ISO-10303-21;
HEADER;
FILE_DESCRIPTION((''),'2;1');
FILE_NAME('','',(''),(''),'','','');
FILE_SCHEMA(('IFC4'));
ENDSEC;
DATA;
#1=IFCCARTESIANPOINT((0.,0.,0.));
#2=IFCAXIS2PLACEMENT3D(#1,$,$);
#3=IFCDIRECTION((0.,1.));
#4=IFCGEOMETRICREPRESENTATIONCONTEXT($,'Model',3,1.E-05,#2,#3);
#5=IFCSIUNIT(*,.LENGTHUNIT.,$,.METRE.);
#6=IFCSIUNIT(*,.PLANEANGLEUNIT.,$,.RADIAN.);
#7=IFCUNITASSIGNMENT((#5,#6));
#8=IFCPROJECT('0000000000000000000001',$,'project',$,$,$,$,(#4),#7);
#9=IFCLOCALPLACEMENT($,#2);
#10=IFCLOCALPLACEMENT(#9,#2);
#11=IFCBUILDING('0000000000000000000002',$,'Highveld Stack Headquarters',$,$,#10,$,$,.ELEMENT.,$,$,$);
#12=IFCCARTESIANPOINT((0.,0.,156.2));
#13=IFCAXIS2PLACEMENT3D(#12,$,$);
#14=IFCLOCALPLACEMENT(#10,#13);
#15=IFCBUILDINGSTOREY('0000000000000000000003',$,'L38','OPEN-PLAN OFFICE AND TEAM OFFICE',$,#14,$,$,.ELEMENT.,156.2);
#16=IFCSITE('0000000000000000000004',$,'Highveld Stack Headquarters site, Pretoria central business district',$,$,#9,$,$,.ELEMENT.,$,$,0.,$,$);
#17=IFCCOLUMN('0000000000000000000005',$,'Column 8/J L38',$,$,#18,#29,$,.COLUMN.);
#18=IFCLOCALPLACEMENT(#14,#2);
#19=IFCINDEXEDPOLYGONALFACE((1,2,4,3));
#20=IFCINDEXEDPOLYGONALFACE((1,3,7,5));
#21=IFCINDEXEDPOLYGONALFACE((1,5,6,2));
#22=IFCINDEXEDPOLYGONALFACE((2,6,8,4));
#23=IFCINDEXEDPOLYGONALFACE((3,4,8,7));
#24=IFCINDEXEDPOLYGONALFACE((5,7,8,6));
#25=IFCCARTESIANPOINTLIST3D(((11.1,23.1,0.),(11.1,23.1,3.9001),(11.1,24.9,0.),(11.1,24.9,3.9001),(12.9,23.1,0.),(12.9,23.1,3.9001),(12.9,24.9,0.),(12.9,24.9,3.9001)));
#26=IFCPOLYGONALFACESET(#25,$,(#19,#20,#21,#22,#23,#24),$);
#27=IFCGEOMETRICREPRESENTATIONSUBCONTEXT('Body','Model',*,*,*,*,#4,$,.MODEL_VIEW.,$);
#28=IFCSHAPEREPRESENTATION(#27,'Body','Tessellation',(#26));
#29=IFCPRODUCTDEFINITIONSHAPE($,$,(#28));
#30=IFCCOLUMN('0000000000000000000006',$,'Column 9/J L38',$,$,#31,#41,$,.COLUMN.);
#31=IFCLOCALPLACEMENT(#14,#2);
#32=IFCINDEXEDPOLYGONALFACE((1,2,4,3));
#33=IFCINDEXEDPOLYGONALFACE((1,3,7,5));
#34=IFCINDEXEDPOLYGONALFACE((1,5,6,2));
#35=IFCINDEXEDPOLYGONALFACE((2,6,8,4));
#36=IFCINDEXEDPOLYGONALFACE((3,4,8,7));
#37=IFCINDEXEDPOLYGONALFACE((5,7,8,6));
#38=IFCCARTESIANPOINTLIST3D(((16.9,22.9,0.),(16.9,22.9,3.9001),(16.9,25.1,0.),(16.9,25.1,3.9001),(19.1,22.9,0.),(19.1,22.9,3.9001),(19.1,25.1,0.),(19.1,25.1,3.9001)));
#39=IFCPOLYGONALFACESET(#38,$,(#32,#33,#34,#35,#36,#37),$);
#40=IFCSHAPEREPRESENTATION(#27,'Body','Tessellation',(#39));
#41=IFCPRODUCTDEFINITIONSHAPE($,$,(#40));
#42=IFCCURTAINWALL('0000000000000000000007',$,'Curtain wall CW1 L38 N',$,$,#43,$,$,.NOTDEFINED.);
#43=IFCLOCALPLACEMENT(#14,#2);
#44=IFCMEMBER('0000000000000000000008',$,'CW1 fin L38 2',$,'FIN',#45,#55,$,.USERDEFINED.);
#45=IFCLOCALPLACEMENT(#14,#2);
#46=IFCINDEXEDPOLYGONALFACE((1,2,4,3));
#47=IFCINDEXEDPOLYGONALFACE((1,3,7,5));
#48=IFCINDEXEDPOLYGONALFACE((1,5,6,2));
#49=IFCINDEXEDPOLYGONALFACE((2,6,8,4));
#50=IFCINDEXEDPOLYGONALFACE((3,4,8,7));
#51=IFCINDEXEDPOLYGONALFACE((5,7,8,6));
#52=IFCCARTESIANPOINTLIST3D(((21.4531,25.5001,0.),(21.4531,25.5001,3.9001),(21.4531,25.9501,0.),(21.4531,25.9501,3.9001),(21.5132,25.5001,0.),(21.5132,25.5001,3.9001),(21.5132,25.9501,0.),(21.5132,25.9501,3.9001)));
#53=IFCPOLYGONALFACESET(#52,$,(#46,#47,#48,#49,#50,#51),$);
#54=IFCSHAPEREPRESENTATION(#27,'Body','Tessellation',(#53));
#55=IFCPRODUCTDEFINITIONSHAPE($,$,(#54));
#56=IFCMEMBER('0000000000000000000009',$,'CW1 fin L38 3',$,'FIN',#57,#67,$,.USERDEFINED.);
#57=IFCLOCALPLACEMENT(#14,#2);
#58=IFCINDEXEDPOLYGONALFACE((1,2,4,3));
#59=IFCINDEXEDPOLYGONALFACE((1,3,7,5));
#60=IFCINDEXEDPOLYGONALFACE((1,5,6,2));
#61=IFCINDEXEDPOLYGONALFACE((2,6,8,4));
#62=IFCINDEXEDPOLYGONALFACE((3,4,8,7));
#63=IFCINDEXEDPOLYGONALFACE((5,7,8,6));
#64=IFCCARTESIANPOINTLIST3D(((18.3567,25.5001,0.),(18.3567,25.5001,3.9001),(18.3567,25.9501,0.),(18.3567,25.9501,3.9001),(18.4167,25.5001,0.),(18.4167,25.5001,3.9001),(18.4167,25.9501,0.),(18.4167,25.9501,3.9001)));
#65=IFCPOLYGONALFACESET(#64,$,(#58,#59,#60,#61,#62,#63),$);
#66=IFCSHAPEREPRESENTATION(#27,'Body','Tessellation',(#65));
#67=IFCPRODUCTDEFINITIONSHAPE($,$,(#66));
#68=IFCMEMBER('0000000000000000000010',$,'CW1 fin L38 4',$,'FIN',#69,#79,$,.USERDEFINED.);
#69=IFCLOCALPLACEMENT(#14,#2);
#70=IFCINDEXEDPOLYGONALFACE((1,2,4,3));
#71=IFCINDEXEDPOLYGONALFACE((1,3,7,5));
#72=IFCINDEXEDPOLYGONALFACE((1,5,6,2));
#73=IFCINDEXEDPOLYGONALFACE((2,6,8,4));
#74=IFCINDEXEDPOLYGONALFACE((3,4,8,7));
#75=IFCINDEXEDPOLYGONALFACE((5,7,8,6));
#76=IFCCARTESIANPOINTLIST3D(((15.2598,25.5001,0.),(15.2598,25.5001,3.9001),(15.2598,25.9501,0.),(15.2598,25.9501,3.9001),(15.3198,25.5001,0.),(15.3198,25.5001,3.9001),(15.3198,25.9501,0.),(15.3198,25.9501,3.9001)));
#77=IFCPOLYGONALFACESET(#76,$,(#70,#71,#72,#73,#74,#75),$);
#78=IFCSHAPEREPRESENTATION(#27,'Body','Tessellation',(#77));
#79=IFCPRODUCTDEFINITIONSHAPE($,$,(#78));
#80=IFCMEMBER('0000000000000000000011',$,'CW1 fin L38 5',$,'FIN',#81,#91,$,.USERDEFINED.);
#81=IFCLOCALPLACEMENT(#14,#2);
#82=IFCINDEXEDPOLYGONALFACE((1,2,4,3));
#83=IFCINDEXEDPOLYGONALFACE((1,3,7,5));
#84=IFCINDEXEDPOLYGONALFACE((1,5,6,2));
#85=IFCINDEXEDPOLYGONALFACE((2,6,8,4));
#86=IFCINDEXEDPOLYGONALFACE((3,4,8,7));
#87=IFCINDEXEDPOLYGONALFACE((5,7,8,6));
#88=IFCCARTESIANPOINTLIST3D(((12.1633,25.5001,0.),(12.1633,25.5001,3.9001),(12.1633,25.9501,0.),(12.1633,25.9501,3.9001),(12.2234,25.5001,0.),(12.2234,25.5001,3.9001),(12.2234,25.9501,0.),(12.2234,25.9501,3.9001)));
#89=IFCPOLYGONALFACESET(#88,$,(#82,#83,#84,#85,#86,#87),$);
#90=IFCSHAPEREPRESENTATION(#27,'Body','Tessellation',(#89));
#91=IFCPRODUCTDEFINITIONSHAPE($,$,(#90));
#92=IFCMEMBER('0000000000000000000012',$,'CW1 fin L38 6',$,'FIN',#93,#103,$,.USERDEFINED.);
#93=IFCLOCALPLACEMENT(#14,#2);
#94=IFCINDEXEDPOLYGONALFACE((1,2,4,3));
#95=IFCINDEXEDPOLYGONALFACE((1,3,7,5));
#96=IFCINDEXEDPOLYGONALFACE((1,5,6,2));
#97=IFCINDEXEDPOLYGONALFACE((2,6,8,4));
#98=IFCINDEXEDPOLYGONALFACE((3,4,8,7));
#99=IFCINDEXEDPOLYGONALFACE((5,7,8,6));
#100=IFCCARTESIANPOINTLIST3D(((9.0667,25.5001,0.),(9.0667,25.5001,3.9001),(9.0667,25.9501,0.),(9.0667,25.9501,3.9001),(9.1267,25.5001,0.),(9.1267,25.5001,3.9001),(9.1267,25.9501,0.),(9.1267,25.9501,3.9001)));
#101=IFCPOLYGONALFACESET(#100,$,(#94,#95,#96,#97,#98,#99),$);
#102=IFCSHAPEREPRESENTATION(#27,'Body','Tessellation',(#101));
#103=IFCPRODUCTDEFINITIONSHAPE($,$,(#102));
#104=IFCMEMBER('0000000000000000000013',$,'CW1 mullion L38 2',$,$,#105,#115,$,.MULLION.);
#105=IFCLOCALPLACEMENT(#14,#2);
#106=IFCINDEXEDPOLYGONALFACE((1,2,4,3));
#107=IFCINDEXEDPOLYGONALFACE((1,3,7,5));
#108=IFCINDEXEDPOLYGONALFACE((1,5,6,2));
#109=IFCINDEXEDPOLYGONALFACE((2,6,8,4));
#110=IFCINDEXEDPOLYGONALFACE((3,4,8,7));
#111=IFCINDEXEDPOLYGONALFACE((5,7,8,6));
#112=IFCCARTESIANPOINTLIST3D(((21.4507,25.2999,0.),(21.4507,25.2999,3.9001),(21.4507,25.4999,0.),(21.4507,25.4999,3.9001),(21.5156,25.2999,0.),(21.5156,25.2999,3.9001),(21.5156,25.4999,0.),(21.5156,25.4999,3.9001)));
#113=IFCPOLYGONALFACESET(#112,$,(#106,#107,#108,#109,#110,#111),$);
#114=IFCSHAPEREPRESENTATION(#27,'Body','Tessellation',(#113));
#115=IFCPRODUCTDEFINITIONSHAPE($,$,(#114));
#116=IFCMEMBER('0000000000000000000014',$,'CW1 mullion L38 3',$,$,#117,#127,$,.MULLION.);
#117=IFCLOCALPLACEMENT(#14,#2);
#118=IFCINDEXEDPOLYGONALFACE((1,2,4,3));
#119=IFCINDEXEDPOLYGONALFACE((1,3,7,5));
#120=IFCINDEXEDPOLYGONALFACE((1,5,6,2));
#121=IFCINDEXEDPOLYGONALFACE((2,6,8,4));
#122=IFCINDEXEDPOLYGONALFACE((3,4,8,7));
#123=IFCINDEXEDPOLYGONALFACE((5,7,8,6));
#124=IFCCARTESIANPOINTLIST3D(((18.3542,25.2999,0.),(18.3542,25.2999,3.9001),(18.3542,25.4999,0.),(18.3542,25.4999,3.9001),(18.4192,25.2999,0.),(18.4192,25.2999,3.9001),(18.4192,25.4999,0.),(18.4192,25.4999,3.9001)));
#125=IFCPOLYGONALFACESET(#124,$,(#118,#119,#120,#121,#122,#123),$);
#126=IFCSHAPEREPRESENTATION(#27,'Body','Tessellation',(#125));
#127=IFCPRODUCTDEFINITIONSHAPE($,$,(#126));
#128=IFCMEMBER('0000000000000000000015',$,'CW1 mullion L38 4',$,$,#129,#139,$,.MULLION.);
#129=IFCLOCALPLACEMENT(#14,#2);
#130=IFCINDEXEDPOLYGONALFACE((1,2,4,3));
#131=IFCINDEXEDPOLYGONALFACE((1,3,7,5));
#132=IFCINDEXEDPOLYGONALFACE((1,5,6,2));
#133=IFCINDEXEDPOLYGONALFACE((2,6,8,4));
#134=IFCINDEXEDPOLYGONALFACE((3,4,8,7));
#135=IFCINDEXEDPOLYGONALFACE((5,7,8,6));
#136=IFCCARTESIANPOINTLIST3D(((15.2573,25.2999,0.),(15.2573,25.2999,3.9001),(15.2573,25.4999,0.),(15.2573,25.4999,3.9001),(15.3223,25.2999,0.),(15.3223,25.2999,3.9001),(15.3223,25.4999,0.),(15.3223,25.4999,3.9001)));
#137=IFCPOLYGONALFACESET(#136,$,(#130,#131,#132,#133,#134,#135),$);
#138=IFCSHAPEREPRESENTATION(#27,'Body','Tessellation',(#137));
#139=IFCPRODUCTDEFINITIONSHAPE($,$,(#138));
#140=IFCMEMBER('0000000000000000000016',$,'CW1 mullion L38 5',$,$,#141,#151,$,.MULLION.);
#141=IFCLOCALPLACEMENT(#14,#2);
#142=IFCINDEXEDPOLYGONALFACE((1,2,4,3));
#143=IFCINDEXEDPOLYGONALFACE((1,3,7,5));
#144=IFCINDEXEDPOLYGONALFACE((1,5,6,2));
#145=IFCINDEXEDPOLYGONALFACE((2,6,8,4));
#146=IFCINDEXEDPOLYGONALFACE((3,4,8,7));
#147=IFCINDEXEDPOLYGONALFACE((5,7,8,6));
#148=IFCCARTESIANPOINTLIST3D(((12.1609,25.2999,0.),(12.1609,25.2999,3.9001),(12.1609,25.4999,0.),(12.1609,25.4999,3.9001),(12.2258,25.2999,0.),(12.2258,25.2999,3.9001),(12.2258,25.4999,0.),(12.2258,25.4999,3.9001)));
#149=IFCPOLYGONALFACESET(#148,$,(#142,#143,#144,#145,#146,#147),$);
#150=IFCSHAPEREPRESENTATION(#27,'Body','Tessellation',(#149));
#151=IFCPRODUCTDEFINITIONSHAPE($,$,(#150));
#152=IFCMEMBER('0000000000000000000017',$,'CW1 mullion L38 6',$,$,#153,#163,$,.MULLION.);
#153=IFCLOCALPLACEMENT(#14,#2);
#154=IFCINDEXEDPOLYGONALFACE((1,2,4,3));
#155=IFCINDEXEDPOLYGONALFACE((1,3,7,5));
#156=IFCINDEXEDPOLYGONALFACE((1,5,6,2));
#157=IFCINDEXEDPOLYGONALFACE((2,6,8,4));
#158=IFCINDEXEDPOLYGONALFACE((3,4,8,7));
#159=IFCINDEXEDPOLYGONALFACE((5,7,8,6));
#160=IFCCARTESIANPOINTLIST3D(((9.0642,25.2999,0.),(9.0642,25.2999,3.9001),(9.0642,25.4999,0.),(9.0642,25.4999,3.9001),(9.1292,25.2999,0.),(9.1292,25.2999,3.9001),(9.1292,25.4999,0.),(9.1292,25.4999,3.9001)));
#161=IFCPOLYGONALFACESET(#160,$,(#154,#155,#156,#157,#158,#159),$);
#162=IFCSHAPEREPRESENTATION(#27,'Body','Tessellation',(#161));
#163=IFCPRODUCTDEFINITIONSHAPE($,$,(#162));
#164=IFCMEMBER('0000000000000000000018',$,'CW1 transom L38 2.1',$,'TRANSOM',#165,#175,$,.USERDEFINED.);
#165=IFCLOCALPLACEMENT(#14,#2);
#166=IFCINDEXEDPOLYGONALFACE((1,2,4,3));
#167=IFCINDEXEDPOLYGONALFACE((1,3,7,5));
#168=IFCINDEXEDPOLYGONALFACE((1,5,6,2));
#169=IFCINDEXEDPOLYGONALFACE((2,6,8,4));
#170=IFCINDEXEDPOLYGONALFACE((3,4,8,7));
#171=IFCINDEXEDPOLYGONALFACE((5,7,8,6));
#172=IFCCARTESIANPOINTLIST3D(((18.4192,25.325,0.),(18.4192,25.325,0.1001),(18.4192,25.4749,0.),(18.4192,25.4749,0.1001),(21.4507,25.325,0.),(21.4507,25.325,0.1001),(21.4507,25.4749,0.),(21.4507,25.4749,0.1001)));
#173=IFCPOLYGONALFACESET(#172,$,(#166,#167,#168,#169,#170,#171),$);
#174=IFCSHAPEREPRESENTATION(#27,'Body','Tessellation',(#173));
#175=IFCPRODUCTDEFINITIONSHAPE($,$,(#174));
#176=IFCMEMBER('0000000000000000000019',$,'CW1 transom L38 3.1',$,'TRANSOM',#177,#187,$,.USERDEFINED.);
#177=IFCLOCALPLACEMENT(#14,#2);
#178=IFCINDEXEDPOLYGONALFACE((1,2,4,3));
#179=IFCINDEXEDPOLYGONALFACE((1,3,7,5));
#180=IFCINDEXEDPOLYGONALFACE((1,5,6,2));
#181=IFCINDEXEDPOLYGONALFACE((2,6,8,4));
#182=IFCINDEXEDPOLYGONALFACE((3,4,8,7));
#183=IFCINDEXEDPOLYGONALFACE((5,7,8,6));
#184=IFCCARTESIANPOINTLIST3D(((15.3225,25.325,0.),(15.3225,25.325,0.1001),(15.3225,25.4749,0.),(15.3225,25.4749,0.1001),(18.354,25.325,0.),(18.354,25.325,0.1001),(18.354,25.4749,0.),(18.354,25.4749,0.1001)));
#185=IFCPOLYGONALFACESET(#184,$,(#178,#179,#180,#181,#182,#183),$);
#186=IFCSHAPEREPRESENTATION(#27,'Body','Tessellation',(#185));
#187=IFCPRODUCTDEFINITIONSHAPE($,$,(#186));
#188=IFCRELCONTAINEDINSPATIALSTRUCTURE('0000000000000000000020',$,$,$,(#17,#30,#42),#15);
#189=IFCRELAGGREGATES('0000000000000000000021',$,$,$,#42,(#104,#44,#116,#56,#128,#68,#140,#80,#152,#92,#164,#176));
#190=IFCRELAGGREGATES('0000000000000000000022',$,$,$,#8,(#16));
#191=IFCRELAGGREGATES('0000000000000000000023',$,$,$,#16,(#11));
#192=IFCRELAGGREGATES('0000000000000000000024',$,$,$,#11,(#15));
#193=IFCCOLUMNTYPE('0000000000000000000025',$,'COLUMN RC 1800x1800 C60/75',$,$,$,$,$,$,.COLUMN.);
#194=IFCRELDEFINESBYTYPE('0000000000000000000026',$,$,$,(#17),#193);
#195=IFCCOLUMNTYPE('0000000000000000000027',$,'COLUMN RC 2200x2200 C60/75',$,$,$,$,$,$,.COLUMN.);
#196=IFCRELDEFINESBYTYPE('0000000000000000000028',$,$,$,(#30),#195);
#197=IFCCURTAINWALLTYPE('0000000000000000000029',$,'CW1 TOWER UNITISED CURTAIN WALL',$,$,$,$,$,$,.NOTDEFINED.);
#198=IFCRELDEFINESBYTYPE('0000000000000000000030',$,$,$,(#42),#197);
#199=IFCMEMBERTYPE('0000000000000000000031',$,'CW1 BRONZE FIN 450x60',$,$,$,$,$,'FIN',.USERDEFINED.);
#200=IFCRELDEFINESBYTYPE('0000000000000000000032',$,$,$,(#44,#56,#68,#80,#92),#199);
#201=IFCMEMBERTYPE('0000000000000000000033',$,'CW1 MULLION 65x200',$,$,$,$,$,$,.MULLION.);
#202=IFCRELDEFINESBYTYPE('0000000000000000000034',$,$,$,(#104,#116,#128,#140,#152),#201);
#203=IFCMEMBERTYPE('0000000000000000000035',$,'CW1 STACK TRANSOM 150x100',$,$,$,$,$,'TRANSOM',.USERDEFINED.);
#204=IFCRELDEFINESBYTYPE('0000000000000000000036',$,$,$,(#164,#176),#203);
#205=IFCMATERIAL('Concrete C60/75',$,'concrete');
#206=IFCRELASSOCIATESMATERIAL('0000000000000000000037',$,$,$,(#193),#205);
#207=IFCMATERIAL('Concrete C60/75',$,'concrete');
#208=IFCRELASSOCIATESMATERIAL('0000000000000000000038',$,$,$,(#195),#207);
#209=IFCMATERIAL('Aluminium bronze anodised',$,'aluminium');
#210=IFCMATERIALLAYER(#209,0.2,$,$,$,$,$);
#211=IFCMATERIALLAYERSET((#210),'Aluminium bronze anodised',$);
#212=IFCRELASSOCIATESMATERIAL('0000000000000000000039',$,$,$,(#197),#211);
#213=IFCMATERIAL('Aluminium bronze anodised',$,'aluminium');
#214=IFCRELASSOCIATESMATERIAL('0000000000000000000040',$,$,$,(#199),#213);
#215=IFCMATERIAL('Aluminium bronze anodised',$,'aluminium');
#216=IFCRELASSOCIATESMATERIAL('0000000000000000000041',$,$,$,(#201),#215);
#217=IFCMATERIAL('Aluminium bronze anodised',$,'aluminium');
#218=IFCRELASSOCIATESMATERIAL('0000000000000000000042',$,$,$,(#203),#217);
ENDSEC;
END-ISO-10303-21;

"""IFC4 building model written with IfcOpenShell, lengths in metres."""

from ifc_helpers import new_model, si_unit, direction, frame, origin, origin_2d, place, context, subcontext, project, spatial, rectangle, extrude, material, layer, layer_set, material_profile, profile_set, type_object, element, aggregate, save


model = new_model("IFC4")

# Units and contexts
model_context = context("Model", 3, precision=1e-05, world=origin(), true_north=direction((0.0, 1.0)))
body_context = subcontext(model_context, "Body", "Model", "MODEL_VIEW")
ifc_project = project(units=[si_unit("LENGTHUNIT", "METRE"), si_unit("PLANEANGLEUNIT", "RADIAN")], contexts=[model_context])

# Site, building, storey
site_placement = place(None, origin())
site = spatial("IfcSite", under=ifc_project, at=site_placement, Name="Highveld Stack Headquarters site, Pretoria central business district", CompositionType="ELEMENT", RefElevation=0.0)
building_placement = place(site_placement, origin())
building = spatial("IfcBuilding", under=site, at=building_placement, Name="Highveld Stack Headquarters", CompositionType="ELEMENT")
storey_placement = place(building_placement, frame((0.0, 0.0, 156.2)))
storey = spatial("IfcBuildingStorey", under=building, at=storey_placement, Name="L38", Description="OPEN-PLAN OFFICE AND TEAM OFFICE", CompositionType="ELEMENT", Elevation=156.2)

# Columns
ifc_material_1 = material(Name="Concrete C60/75", Category="concrete")
ifc_material_profile_1 = material_profile(ifc_material_1, rectangle(XDim=1.8, YDim=1.8, at=origin_2d()), Name="RC 1800x1800")
ifc_profile_set_1 = profile_set([ifc_material_profile_1], Name="Concrete C60/75")
column_type_1 = type_object("IfcColumnType", Name="COLUMN RC 1800x1800 C60/75", PredefinedType="COLUMN", material=ifc_profile_set_1)
column_1_placement = place(storey_placement, frame((12.0, 24.0, 0.0), z_axis=(0.0, 0.0, 1.0), x_axis=(1.0, 0.0, 0.0)))
element("IfcColumn", 1, at=column_1_placement, inside=storey, type_object=column_type_1, Name="Column 8/J L38", PredefinedType="COLUMN", context=body_context, shape_type="SweptSolid", body=[
    extrude(rectangle(XDim=1.8, YDim=1.8, at=origin_2d()), origin(), (0.0, 0.0, 1.0), 3.9001),
])
ifc_material_2 = material(Name="Concrete C60/75", Category="concrete")
ifc_material_profile_2 = material_profile(ifc_material_2, rectangle(XDim=2.2, YDim=2.2, at=origin_2d()), Name="RC 2200x2200")
ifc_profile_set_2 = profile_set([ifc_material_profile_2], Name="Concrete C60/75")
column_type_2 = type_object("IfcColumnType", Name="COLUMN RC 2200x2200 C60/75", PredefinedType="COLUMN", material=ifc_profile_set_2)
column_2_placement = place(storey_placement, frame((18.0, 24.0, 0.0), z_axis=(0.0, 0.0, 1.0), x_axis=(1.0, 0.0, 0.0)))
element("IfcColumn", 2, at=column_2_placement, inside=storey, type_object=column_type_2, Name="Column 9/J L38", PredefinedType="COLUMN", context=body_context, shape_type="SweptSolid", body=[
    extrude(rectangle(XDim=2.2, YDim=2.2, at=origin_2d()), origin(), (0.0, 0.0, 1.0), 3.9001),
])

# Curtain wall, members
ifc_material_3 = material(Name="Aluminium bronze anodised", Category="aluminium")
ifc_layer_1 = layer(ifc_material_3, 0.2)
ifc_layer_set_1 = layer_set([ifc_layer_1], Name="Aluminium bronze anodised")
curtain_wall_type = type_object("IfcCurtainWallType", Name="CW1 TOWER UNITISED CURTAIN WALL", PredefinedType="NOTDEFINED", material=ifc_layer_set_1)
curtain_wall_placement = place(storey_placement, origin())
curtain_wall = element("IfcCurtainWall", 3, at=curtain_wall_placement, inside=storey, type_object=curtain_wall_type, Name="Curtain wall CW1 L38 N", PredefinedType="NOTDEFINED")
ifc_material_4 = material(Name="Aluminium bronze anodised", Category="aluminium")
ifc_material_profile_3 = material_profile(ifc_material_4, rectangle(XDim=0.45, YDim=0.0601, at=origin_2d()), Name="FIN 450x60")
ifc_profile_set_3 = profile_set([ifc_material_profile_3], Name="Aluminium bronze anodised")
member_type_1 = type_object("IfcMemberType", Name="CW1 BRONZE FIN 450x60", ElementType="FIN", PredefinedType="USERDEFINED", material=ifc_profile_set_3)
member_1_placement = place(storey_placement, frame((21.4832, 25.7251, 0.0), z_axis=(0.0, 0.0, 1.0), x_axis=(0.0, -1.0, 0.0)))
member_1 = element("IfcMember", 4, at=member_1_placement, type_object=member_type_1, Name="CW1 fin L38 2", ObjectType="FIN", PredefinedType="USERDEFINED", context=body_context, shape_type="SweptSolid", body=[
    extrude(rectangle(XDim=0.45, YDim=0.0601, at=origin_2d()), origin(), (0.0, 0.0, 1.0), 3.9001),
])
member_2_placement = place(storey_placement, frame((18.3867, 25.7251, 0.0), z_axis=(0.0, 0.0, 1.0), x_axis=(0.0, -1.0, 0.0)))
member_2 = element("IfcMember", 5, at=member_2_placement, type_object=member_type_1, Name="CW1 fin L38 3", ObjectType="FIN", PredefinedType="USERDEFINED", context=body_context, shape_type="SweptSolid", body=[
    extrude(rectangle(XDim=0.45, YDim=0.0601, at=origin_2d()), origin(), (0.0, 0.0, 1.0), 3.9001),
])
member_3_placement = place(storey_placement, frame((15.2898, 25.7251, 0.0), z_axis=(0.0, 0.0, 1.0), x_axis=(0.0, -1.0, 0.0)))
member_3 = element("IfcMember", 6, at=member_3_placement, type_object=member_type_1, Name="CW1 fin L38 4", ObjectType="FIN", PredefinedType="USERDEFINED", context=body_context, shape_type="SweptSolid", body=[
    extrude(rectangle(XDim=0.45, YDim=0.0601, at=origin_2d()), origin(), (0.0, 0.0, 1.0), 3.9001),
])
member_4_placement = place(storey_placement, frame((12.1934, 25.7251, 0.0), z_axis=(0.0, 0.0, 1.0), x_axis=(0.0, -1.0, 0.0)))
member_4 = element("IfcMember", 7, at=member_4_placement, type_object=member_type_1, Name="CW1 fin L38 5", ObjectType="FIN", PredefinedType="USERDEFINED", context=body_context, shape_type="SweptSolid", body=[
    extrude(rectangle(XDim=0.45, YDim=0.0601, at=origin_2d()), origin(), (0.0, 0.0, 1.0), 3.9001),
])
member_5_placement = place(storey_placement, frame((9.0967, 25.7251, 0.0), z_axis=(0.0, 0.0, 1.0), x_axis=(0.0, -1.0, 0.0)))
member_5 = element("IfcMember", 8, at=member_5_placement, type_object=member_type_1, Name="CW1 fin L38 6", ObjectType="FIN", PredefinedType="USERDEFINED", context=body_context, shape_type="SweptSolid", body=[
    extrude(rectangle(XDim=0.45, YDim=0.0601, at=origin_2d()), origin(), (0.0, 0.0, 1.0), 3.9001),
])
ifc_material_5 = material(Name="Aluminium bronze anodised", Category="aluminium")
ifc_material_profile_4 = material_profile(ifc_material_5, rectangle(XDim=0.2, YDim=0.0649, at=origin_2d()), Name="CW1 MULLION 65x200")
ifc_profile_set_4 = profile_set([ifc_material_profile_4], Name="Aluminium bronze anodised")
member_type_2 = type_object("IfcMemberType", Name="CW1 MULLION 65x200", PredefinedType="MULLION", material=ifc_profile_set_4)
member_6_placement = place(storey_placement, frame((21.4832, 25.3999, 0.0), z_axis=(0.0, 0.0, 1.0), x_axis=(0.0, -1.0, 0.0)))
member_6 = element("IfcMember", 9, at=member_6_placement, type_object=member_type_2, Name="CW1 mullion L38 2", PredefinedType="MULLION", context=body_context, shape_type="SweptSolid", body=[
    extrude(rectangle(XDim=0.2, YDim=0.0649, at=origin_2d()), origin(), (0.0, 0.0, 1.0), 3.9001),
])
member_7_placement = place(storey_placement, frame((18.3867, 25.3999, 0.0), z_axis=(0.0, 0.0, 1.0), x_axis=(0.0, -1.0, 0.0)))
member_7 = element("IfcMember", 10, at=member_7_placement, type_object=member_type_2, Name="CW1 mullion L38 3", PredefinedType="MULLION", context=body_context, shape_type="SweptSolid", body=[
    extrude(rectangle(XDim=0.2, YDim=0.0649, at=origin_2d()), origin(), (0.0, 0.0, 1.0), 3.9001),
])
member_8_placement = place(storey_placement, frame((15.2898, 25.3999, 0.0), z_axis=(0.0, 0.0, 1.0), x_axis=(0.0, -1.0, 0.0)))
member_8 = element("IfcMember", 11, at=member_8_placement, type_object=member_type_2, Name="CW1 mullion L38 4", PredefinedType="MULLION", context=body_context, shape_type="SweptSolid", body=[
    extrude(rectangle(XDim=0.2, YDim=0.0649, at=origin_2d()), origin(), (0.0, 0.0, 1.0), 3.9001),
])
member_9_placement = place(storey_placement, frame((12.1934, 25.3999, 0.0), z_axis=(0.0, 0.0, 1.0), x_axis=(0.0, -1.0, 0.0)))
member_9 = element("IfcMember", 12, at=member_9_placement, type_object=member_type_2, Name="CW1 mullion L38 5", PredefinedType="MULLION", context=body_context, shape_type="SweptSolid", body=[
    extrude(rectangle(XDim=0.2, YDim=0.0649, at=origin_2d()), origin(), (0.0, 0.0, 1.0), 3.9001),
])
member_10_placement = place(storey_placement, frame((9.0967, 25.3999, 0.0), z_axis=(0.0, 0.0, 1.0), x_axis=(0.0, -1.0, 0.0)))
member_10 = element("IfcMember", 13, at=member_10_placement, type_object=member_type_2, Name="CW1 mullion L38 6", PredefinedType="MULLION", context=body_context, shape_type="SweptSolid", body=[
    extrude(rectangle(XDim=0.2, YDim=0.0649, at=origin_2d()), origin(), (0.0, 0.0, 1.0), 3.9001),
])
ifc_material_6 = material(Name="Aluminium bronze anodised", Category="aluminium")
ifc_material_profile_5 = material_profile(ifc_material_6, rectangle(XDim=0.1499, YDim=0.1001, at=origin_2d()), Name="CW1 TRANSOM 150x100")
ifc_profile_set_5 = profile_set([ifc_material_profile_5], Name="Aluminium bronze anodised")
member_type_3 = type_object("IfcMemberType", Name="CW1 STACK TRANSOM 150x100", ElementType="TRANSOM", PredefinedType="USERDEFINED", material=ifc_profile_set_5)
member_11_placement = place(storey_placement, frame((21.4507, 25.3999, 0.05), z_axis=(-1.0, 0.0, 0.0), x_axis=(0.0, -1.0, 0.0)))
member_11 = element("IfcMember", 14, at=member_11_placement, type_object=member_type_3, Name="CW1 transom L38 2.1", ObjectType="TRANSOM", PredefinedType="USERDEFINED", context=body_context, shape_type="SweptSolid", body=[
    extrude(rectangle(XDim=0.1499, YDim=0.1001, at=origin_2d()), origin(), (0.0, 0.0, 1.0), 3.0315),
])
member_12_placement = place(storey_placement, frame((18.354, 25.3999, 0.05), z_axis=(-1.0, 0.0, 0.0), x_axis=(0.0, -1.0, 0.0)))
member_12 = element("IfcMember", 15, at=member_12_placement, type_object=member_type_3, Name="CW1 transom L38 3.1", ObjectType="TRANSOM", PredefinedType="USERDEFINED", context=body_context, shape_type="SweptSolid", body=[
    extrude(rectangle(XDim=0.1499, YDim=0.1001, at=origin_2d()), origin(), (0.0, 0.0, 1.0), 3.0315),
])
aggregate(curtain_wall, [member_6, member_1, member_7, member_2, member_8, member_3, member_9, member_4, member_10, member_5, member_11, member_12])

save(model, "model.ifc")
